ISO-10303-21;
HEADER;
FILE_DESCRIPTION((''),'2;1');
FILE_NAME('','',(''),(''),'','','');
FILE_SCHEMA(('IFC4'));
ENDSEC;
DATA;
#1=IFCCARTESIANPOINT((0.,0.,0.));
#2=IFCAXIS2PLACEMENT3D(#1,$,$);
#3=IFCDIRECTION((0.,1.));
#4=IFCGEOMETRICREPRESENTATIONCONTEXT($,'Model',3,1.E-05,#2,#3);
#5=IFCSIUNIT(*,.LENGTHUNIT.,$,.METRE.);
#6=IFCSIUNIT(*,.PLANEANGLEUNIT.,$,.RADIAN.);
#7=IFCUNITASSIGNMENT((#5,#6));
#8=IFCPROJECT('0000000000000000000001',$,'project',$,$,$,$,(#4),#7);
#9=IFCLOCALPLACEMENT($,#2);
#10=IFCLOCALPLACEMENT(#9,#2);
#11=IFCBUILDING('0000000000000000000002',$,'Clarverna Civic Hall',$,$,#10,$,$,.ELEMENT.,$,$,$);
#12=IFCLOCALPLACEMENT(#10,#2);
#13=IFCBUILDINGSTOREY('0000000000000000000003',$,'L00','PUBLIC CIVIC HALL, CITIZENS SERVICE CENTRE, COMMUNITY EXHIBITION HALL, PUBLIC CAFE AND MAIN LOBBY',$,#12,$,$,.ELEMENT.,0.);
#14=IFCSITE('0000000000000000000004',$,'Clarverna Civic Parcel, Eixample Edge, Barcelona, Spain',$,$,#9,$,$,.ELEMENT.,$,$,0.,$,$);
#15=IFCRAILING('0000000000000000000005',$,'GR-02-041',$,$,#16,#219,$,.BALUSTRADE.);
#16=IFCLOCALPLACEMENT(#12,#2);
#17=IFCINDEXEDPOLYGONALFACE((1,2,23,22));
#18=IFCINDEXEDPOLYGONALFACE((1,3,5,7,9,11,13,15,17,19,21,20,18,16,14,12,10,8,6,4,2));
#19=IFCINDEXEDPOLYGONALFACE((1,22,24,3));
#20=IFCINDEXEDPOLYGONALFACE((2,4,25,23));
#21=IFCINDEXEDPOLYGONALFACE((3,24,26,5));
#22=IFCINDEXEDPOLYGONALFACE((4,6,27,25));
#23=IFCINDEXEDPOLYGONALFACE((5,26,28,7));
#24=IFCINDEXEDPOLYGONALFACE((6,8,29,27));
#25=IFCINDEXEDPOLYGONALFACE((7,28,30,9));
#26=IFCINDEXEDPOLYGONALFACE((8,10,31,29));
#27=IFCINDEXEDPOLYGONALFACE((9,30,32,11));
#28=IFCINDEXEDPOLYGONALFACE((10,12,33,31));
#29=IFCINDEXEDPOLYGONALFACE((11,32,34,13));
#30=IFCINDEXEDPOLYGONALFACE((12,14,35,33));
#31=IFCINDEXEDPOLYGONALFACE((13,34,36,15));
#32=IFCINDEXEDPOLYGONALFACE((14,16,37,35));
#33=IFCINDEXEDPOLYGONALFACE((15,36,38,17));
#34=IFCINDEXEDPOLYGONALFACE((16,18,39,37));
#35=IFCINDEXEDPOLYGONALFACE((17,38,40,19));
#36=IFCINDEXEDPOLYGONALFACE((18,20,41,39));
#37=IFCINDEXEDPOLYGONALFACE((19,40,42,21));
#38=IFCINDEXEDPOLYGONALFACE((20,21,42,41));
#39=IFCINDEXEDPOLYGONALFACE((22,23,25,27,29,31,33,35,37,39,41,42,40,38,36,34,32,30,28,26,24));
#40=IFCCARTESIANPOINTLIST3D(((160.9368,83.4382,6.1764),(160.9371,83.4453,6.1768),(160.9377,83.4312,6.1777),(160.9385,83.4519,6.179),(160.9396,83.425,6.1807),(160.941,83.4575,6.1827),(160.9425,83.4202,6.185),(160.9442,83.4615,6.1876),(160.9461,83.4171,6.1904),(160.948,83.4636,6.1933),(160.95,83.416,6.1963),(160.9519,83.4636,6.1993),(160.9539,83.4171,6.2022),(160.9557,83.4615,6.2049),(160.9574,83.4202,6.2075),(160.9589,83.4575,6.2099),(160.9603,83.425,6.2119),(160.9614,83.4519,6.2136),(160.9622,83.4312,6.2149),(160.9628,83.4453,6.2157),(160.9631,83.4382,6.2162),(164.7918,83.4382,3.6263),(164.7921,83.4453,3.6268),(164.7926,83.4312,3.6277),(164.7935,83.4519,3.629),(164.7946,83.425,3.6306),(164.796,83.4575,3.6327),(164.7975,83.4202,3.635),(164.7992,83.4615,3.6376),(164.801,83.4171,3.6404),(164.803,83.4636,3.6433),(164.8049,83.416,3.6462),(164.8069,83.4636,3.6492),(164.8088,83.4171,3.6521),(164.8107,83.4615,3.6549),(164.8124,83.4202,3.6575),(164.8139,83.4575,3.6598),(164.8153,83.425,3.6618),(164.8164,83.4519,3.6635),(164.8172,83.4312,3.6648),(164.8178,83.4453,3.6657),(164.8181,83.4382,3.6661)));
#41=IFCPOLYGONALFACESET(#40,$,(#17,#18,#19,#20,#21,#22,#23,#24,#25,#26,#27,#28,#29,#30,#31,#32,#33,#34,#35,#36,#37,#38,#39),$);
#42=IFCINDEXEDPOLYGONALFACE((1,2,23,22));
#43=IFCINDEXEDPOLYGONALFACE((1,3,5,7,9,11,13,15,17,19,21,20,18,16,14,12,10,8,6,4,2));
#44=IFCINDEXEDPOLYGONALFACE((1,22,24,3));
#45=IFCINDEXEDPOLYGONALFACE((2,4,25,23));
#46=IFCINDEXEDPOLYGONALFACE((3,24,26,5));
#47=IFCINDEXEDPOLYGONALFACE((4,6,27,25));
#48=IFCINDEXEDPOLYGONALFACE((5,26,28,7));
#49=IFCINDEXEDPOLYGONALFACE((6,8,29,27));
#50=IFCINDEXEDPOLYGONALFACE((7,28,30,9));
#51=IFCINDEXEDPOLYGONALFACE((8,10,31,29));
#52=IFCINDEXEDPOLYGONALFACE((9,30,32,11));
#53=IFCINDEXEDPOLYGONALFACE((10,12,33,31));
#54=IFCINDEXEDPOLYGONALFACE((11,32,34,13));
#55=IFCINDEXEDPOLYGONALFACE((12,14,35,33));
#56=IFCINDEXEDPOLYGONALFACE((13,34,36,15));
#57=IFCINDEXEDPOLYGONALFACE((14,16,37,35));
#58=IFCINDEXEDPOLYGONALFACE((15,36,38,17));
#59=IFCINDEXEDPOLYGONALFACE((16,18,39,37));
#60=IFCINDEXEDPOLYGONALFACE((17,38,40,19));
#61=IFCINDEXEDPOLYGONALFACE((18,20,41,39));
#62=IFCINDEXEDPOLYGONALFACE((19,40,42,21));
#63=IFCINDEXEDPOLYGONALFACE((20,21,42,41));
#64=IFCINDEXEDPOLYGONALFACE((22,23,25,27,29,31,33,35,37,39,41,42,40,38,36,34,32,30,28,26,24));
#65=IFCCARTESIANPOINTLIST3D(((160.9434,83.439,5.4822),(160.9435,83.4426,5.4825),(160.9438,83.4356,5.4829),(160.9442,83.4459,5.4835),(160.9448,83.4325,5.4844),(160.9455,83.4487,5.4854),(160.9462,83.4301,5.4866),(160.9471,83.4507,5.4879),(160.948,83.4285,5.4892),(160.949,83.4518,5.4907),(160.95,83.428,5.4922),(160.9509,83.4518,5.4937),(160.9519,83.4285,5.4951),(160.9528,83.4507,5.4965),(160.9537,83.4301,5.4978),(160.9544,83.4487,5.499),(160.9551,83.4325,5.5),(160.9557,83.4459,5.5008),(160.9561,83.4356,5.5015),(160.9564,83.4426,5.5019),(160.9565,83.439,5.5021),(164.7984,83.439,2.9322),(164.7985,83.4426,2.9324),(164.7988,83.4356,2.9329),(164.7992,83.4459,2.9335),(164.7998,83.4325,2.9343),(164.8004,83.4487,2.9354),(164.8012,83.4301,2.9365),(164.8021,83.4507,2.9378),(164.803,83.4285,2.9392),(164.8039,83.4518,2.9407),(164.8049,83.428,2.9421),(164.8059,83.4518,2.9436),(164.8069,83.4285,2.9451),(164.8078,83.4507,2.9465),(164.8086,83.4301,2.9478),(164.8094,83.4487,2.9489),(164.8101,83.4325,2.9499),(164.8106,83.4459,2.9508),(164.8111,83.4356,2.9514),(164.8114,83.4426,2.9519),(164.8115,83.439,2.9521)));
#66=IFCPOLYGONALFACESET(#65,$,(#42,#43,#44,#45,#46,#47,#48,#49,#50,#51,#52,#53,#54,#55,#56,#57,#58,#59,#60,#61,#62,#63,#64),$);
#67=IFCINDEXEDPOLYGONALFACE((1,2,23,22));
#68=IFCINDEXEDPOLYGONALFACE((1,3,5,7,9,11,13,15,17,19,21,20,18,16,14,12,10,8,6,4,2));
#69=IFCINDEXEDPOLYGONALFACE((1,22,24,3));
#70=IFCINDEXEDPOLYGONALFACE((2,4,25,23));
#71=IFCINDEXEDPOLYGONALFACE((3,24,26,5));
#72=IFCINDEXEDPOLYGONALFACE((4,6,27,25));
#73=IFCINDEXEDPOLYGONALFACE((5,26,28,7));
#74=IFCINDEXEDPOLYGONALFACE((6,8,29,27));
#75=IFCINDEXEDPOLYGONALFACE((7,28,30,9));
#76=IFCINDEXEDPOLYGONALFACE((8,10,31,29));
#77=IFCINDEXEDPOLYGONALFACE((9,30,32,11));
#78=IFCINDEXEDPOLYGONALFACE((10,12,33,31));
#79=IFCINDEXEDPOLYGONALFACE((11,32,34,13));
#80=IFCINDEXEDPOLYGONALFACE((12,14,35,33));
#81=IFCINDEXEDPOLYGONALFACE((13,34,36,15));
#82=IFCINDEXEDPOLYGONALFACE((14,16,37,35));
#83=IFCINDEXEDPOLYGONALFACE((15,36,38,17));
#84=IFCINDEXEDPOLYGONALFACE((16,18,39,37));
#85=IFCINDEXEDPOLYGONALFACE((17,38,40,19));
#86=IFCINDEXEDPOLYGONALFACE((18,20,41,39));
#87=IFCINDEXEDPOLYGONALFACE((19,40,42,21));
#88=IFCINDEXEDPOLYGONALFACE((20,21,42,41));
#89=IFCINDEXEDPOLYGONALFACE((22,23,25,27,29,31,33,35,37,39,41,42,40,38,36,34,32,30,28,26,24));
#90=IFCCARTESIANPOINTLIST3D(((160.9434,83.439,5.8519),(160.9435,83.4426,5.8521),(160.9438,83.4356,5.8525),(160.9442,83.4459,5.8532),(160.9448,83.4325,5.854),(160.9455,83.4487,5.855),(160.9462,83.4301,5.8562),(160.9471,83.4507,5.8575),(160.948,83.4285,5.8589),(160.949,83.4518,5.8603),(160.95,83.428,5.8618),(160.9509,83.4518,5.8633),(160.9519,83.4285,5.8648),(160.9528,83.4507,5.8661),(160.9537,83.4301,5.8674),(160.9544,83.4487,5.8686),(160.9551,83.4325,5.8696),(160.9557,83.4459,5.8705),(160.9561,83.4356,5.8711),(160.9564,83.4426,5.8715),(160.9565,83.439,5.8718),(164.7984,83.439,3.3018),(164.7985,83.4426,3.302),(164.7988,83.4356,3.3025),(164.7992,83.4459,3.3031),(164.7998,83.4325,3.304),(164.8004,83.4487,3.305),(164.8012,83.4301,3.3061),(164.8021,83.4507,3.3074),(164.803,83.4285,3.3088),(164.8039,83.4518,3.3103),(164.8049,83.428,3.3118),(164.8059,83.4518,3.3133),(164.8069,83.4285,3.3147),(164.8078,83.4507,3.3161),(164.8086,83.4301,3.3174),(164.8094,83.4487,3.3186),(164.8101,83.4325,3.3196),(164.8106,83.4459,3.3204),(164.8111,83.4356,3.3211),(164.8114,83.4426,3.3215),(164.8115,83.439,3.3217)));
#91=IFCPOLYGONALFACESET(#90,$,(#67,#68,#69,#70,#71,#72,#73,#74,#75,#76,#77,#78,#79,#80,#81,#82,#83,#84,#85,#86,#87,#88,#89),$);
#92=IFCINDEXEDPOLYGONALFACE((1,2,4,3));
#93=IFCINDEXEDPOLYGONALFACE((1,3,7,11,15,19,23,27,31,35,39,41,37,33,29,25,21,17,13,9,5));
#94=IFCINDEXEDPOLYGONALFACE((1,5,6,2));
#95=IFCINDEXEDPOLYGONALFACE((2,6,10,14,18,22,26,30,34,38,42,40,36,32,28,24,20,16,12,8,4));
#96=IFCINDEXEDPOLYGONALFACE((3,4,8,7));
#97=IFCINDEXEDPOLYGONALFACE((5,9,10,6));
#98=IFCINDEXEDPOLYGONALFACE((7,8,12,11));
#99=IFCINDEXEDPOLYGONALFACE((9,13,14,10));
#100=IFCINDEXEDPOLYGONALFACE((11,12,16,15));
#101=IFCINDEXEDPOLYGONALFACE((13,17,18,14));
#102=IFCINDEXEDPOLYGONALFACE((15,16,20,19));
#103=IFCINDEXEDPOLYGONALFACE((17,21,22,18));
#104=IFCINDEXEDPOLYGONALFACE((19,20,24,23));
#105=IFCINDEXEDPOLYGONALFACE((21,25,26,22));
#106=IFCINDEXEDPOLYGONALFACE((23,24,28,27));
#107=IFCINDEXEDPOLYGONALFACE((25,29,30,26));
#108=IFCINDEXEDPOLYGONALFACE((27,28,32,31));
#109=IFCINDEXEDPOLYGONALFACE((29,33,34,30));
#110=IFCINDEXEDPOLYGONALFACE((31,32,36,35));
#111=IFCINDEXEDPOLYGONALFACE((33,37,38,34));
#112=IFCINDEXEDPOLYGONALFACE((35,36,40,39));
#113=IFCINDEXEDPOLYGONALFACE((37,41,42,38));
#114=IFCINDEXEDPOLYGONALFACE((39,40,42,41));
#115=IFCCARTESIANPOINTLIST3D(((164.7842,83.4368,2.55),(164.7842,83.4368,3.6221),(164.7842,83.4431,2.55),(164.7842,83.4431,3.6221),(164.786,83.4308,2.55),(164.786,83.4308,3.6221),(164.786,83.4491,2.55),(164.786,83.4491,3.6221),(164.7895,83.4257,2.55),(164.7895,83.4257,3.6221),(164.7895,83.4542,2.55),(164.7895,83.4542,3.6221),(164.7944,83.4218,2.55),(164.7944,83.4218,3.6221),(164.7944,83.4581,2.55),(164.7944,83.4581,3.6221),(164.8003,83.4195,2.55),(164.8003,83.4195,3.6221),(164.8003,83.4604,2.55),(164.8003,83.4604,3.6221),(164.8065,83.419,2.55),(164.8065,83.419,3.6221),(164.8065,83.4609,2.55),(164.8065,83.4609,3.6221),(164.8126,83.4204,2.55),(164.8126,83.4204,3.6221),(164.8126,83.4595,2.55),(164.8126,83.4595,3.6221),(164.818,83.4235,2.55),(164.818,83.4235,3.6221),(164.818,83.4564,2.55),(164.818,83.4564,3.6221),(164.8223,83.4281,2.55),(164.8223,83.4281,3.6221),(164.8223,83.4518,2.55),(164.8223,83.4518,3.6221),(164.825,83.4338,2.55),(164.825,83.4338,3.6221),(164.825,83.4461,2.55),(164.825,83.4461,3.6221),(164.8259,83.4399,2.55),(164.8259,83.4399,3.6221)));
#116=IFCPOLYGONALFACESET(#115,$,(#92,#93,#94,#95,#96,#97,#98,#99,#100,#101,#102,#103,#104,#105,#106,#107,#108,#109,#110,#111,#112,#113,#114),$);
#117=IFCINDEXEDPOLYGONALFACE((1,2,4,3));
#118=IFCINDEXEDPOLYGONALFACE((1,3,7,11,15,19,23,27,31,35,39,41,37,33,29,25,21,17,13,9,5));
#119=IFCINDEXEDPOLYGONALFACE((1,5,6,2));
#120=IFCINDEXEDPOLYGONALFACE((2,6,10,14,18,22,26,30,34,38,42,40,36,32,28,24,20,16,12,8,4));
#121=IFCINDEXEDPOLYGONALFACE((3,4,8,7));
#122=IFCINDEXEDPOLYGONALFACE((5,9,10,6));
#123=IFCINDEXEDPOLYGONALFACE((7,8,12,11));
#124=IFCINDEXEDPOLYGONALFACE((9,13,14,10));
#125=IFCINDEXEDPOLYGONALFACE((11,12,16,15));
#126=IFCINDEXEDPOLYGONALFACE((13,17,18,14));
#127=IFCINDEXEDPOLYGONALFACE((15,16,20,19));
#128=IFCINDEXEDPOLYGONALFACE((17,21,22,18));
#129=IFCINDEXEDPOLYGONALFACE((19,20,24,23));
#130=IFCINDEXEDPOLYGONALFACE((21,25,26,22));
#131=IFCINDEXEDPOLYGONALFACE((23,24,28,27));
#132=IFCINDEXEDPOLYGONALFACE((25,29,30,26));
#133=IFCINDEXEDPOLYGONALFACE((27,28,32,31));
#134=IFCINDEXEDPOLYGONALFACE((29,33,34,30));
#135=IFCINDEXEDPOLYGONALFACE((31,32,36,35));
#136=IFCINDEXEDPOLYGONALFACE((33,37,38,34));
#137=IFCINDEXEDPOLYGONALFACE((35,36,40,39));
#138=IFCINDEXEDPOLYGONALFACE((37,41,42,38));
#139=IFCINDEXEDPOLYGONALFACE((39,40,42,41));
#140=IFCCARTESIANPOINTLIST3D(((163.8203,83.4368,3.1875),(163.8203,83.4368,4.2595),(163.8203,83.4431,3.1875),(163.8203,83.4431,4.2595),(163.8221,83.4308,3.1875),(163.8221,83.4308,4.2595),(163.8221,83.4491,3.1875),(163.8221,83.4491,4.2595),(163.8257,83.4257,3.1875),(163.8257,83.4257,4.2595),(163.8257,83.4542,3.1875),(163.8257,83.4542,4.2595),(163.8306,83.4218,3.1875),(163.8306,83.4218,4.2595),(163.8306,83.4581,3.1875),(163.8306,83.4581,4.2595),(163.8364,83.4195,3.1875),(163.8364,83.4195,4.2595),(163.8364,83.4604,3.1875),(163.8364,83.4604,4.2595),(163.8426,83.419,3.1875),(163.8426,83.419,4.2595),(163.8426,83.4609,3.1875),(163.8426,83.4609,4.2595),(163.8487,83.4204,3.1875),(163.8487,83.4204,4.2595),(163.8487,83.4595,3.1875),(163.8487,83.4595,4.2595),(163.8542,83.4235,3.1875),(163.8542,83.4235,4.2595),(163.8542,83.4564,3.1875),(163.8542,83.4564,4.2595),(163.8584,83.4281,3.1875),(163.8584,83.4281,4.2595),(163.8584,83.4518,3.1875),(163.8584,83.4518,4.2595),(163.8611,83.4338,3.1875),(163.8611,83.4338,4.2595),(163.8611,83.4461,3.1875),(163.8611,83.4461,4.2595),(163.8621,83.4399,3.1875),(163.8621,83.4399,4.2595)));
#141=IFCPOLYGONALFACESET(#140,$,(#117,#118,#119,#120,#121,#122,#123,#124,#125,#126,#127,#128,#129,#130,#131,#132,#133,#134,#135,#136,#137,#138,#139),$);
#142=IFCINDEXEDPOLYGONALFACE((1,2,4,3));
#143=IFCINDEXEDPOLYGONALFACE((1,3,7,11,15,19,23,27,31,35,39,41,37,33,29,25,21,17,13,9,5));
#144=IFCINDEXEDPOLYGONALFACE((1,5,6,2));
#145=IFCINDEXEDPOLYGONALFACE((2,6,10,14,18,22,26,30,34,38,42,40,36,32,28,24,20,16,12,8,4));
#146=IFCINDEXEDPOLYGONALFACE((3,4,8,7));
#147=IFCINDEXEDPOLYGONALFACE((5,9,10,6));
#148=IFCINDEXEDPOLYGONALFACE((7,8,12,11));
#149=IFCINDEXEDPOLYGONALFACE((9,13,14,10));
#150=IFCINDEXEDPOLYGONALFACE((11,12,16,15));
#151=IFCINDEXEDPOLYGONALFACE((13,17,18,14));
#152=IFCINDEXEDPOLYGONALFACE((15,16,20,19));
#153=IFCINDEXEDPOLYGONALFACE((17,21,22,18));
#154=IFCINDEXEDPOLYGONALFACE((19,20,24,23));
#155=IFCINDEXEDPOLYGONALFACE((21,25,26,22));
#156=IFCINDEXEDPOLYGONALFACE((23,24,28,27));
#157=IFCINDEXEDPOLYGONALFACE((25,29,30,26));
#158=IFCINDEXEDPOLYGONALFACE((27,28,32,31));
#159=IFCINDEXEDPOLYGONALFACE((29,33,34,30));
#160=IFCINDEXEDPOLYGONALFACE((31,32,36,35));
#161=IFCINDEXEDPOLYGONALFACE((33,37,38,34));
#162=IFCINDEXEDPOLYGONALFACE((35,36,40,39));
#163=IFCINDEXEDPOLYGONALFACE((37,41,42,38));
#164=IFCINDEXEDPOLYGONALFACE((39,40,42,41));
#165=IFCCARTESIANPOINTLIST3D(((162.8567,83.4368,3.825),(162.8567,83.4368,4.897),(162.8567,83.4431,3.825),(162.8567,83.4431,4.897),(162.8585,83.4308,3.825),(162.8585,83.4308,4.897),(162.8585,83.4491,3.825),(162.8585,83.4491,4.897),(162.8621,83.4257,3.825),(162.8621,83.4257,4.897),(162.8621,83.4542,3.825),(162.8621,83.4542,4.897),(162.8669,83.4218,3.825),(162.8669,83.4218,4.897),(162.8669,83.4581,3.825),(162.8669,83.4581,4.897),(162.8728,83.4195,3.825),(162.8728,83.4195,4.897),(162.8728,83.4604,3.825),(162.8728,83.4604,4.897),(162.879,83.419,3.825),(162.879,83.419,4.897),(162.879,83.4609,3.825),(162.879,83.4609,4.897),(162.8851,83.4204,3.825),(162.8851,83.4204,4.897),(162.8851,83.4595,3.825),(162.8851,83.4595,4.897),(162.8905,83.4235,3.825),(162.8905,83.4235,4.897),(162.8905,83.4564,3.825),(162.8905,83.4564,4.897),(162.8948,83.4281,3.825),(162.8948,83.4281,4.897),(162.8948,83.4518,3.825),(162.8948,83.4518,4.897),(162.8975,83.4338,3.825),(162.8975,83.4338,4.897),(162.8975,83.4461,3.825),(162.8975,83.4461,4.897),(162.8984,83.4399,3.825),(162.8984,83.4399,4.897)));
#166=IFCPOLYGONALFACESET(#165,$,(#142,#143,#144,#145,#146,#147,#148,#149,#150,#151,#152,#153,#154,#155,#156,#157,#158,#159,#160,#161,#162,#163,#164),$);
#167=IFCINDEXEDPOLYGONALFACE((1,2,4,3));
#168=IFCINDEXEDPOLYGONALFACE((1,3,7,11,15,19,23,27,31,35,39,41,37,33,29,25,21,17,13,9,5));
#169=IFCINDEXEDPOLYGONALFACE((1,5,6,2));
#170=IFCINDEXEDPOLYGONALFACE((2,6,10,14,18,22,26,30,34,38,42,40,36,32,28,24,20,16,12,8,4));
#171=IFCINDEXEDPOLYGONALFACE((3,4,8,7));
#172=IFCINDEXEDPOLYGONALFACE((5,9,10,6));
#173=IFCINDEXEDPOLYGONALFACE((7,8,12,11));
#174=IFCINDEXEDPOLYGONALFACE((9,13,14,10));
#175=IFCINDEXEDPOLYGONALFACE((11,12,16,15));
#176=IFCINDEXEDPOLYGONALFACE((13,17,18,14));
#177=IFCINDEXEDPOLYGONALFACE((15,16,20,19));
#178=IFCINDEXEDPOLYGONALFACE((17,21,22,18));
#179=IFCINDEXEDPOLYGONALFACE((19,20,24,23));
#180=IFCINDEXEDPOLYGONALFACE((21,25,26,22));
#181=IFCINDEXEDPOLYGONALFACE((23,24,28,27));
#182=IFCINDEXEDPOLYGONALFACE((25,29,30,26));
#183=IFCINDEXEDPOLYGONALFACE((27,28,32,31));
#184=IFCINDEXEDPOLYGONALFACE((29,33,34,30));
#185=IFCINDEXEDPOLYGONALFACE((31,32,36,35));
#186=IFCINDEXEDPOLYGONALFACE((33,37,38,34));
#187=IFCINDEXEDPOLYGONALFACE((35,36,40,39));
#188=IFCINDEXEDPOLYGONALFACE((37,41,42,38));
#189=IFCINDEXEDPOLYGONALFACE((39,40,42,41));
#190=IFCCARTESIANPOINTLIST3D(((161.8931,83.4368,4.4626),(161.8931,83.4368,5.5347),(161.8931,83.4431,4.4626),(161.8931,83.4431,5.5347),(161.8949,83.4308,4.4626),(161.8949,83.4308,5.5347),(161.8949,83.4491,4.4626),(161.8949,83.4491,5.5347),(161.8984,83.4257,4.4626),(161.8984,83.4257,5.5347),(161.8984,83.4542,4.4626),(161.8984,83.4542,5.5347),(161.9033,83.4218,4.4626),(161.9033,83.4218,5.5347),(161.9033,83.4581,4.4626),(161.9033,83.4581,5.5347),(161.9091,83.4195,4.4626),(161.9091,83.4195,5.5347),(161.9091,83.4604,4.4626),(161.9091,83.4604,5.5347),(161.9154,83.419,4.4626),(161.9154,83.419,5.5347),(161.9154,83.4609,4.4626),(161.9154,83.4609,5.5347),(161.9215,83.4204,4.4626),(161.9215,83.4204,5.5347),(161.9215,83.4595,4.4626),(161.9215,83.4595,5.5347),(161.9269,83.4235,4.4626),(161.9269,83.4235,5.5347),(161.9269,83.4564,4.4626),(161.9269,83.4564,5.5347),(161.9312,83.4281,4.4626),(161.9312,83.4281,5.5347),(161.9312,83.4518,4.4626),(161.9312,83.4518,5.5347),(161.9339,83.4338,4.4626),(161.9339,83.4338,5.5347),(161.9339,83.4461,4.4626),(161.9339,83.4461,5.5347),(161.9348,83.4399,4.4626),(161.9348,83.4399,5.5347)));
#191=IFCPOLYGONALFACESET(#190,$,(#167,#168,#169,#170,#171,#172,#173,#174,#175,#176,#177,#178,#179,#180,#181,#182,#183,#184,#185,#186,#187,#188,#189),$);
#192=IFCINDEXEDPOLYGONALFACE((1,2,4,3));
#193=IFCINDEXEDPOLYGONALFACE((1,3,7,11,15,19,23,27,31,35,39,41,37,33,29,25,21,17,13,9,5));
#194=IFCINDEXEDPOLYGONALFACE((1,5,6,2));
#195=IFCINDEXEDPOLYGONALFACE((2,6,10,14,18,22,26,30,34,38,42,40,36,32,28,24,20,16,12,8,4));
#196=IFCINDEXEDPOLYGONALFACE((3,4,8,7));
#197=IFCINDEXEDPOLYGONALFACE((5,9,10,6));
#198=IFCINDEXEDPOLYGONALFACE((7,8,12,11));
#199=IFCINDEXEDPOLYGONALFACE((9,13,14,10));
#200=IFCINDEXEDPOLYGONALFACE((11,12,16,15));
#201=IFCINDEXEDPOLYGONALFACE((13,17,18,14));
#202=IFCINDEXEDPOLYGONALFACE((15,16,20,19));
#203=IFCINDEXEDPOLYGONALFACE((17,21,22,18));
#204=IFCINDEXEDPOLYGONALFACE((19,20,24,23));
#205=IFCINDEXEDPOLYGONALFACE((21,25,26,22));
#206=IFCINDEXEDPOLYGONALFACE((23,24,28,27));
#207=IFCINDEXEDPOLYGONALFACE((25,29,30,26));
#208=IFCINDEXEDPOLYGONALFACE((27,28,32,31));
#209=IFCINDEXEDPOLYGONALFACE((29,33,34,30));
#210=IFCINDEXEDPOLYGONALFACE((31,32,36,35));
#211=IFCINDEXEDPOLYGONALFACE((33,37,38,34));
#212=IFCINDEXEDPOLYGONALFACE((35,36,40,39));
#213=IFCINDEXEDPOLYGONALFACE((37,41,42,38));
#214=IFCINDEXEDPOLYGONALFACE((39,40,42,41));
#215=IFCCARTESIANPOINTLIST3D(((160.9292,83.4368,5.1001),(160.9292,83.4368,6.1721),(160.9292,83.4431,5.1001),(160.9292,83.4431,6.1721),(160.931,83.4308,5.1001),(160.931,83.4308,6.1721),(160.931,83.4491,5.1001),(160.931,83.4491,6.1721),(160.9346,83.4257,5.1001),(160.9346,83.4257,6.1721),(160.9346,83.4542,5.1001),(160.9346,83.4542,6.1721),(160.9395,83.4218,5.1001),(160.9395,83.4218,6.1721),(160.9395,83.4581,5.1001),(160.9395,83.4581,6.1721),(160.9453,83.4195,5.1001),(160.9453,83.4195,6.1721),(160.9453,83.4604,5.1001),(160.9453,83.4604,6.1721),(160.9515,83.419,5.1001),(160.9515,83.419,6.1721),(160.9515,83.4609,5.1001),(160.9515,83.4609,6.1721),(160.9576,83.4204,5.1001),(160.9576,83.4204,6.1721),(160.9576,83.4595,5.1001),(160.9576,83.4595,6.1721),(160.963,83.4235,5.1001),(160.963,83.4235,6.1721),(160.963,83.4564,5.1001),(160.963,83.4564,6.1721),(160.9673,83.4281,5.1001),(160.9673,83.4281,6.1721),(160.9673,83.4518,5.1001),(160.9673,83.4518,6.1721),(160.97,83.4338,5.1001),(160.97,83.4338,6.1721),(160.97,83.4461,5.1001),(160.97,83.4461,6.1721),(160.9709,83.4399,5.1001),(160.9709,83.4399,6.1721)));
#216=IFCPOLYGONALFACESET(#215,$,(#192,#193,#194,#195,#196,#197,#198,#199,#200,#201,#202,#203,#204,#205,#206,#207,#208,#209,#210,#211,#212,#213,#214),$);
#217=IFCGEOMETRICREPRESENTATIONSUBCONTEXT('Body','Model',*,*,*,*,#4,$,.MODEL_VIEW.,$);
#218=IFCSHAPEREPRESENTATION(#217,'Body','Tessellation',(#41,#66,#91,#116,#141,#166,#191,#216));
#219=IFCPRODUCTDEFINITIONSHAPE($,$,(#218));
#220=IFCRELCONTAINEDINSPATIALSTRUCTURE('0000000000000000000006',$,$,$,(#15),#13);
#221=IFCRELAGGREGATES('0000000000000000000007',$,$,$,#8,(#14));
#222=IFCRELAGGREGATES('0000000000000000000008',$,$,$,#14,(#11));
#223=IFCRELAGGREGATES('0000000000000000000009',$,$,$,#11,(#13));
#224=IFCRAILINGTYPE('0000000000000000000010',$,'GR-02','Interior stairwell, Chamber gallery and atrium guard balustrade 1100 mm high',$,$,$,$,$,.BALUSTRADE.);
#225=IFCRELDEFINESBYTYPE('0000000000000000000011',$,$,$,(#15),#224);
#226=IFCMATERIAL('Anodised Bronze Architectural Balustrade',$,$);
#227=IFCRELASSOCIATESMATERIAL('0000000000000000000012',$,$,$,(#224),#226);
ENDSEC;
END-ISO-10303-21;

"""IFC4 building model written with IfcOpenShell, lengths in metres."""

from ifc_helpers import new_model, si_unit, direction, frame, origin, origin_2d, place, context, subcontext, project, spatial, circle, extrude, material, type_object, element, save


model = new_model("IFC4")

# Units and contexts
model_context = context("Model", 3, precision=1e-05, world=origin(), true_north=direction((0.0, 1.0)))
body_context = subcontext(model_context, "Body", "Model", "MODEL_VIEW")
ifc_project = project(units=[si_unit("LENGTHUNIT", "METRE"), si_unit("PLANEANGLEUNIT", "RADIAN")], contexts=[model_context])

# Site, building, storey
site_placement = place(None, origin())
site = spatial("IfcSite", under=ifc_project, at=site_placement, Name="Clarverna Civic Parcel, Eixample Edge, Barcelona, Spain", CompositionType="ELEMENT", RefElevation=0.0)
building_placement = place(site_placement, origin())
building = spatial("IfcBuilding", under=site, at=building_placement, Name="Clarverna Civic Hall", CompositionType="ELEMENT")
storey_placement = place(building_placement, origin())
storey = spatial("IfcBuildingStorey", under=building, at=storey_placement, Name="L00", Description="PUBLIC CIVIC HALL, CITIZENS SERVICE CENTRE, COMMUNITY EXHIBITION HALL, PUBLIC CAFE AND MAIN LOBBY", CompositionType="ELEMENT", Elevation=0.0)

# Railing
ifc_material_1 = material(Name="Anodised Bronze Architectural Balustrade")
railing_type_1 = type_object("IfcRailingType", Name="GR-02", Description="Interior stairwell, Chamber gallery and atrium guard balustrade 1100 mm high", PredefinedType="BALUSTRADE", material=ifc_material_1)
railing_1_placement = place(storey_placement, frame((164.8049, 83.4399, 2.55)))
element("IfcRailing", 1, at=railing_1_placement, inside=storey, type_object=railing_type_1, Name="GR-02-041", PredefinedType="BALUSTRADE", context=body_context, shape_type="SweptSolid", body=[
    extrude(circle(Radius=0.0239, at=origin_2d()), frame((0.0, 0.0, 1.0962), z_axis=(-0.834036, 0.0, 0.55171), x_axis=(0.0, -1.0, 0.0)), (0.0, 0.0, 1.0), 4.6221),
    extrude(circle(Radius=0.012, at=origin_2d()), frame((0.0, 0.0, 0.3921), z_axis=(-0.834036, 0.0, 0.55171), x_axis=(0.0, -1.0, 0.0)), (0.0, 0.0, 1.0), 4.6221),
    extrude(circle(Radius=0.012, at=origin_2d()), frame((0.0, 0.0, 0.7617), z_axis=(-0.834036, 0.0, 0.55171), x_axis=(0.0, -1.0, 0.0)), (0.0, 0.0, 1.0), 4.6221),
    extrude(circle(Radius=0.021, at=origin_2d()), origin(), (0.0, 0.0, 1.0), 1.072),
    extrude(circle(Radius=0.021, at=origin_2d()), frame((-0.9639, 0.0, 0.6375)), (0.0, 0.0, 1.0), 1.072),
    extrude(circle(Radius=0.021, at=origin_2d()), frame((-1.9275, 0.0, 1.2749)), (0.0, 0.0, 1.0), 1.072),
    extrude(circle(Radius=0.021, at=origin_2d()), frame((-2.8911, 0.0, 1.9126)), (0.0, 0.0, 1.0), 1.072),
    extrude(circle(Radius=0.021, at=origin_2d()), frame((-3.855, 0.0, 2.55)), (0.0, 0.0, 1.0), 1.072),
])

save(model, "model.ifc")
